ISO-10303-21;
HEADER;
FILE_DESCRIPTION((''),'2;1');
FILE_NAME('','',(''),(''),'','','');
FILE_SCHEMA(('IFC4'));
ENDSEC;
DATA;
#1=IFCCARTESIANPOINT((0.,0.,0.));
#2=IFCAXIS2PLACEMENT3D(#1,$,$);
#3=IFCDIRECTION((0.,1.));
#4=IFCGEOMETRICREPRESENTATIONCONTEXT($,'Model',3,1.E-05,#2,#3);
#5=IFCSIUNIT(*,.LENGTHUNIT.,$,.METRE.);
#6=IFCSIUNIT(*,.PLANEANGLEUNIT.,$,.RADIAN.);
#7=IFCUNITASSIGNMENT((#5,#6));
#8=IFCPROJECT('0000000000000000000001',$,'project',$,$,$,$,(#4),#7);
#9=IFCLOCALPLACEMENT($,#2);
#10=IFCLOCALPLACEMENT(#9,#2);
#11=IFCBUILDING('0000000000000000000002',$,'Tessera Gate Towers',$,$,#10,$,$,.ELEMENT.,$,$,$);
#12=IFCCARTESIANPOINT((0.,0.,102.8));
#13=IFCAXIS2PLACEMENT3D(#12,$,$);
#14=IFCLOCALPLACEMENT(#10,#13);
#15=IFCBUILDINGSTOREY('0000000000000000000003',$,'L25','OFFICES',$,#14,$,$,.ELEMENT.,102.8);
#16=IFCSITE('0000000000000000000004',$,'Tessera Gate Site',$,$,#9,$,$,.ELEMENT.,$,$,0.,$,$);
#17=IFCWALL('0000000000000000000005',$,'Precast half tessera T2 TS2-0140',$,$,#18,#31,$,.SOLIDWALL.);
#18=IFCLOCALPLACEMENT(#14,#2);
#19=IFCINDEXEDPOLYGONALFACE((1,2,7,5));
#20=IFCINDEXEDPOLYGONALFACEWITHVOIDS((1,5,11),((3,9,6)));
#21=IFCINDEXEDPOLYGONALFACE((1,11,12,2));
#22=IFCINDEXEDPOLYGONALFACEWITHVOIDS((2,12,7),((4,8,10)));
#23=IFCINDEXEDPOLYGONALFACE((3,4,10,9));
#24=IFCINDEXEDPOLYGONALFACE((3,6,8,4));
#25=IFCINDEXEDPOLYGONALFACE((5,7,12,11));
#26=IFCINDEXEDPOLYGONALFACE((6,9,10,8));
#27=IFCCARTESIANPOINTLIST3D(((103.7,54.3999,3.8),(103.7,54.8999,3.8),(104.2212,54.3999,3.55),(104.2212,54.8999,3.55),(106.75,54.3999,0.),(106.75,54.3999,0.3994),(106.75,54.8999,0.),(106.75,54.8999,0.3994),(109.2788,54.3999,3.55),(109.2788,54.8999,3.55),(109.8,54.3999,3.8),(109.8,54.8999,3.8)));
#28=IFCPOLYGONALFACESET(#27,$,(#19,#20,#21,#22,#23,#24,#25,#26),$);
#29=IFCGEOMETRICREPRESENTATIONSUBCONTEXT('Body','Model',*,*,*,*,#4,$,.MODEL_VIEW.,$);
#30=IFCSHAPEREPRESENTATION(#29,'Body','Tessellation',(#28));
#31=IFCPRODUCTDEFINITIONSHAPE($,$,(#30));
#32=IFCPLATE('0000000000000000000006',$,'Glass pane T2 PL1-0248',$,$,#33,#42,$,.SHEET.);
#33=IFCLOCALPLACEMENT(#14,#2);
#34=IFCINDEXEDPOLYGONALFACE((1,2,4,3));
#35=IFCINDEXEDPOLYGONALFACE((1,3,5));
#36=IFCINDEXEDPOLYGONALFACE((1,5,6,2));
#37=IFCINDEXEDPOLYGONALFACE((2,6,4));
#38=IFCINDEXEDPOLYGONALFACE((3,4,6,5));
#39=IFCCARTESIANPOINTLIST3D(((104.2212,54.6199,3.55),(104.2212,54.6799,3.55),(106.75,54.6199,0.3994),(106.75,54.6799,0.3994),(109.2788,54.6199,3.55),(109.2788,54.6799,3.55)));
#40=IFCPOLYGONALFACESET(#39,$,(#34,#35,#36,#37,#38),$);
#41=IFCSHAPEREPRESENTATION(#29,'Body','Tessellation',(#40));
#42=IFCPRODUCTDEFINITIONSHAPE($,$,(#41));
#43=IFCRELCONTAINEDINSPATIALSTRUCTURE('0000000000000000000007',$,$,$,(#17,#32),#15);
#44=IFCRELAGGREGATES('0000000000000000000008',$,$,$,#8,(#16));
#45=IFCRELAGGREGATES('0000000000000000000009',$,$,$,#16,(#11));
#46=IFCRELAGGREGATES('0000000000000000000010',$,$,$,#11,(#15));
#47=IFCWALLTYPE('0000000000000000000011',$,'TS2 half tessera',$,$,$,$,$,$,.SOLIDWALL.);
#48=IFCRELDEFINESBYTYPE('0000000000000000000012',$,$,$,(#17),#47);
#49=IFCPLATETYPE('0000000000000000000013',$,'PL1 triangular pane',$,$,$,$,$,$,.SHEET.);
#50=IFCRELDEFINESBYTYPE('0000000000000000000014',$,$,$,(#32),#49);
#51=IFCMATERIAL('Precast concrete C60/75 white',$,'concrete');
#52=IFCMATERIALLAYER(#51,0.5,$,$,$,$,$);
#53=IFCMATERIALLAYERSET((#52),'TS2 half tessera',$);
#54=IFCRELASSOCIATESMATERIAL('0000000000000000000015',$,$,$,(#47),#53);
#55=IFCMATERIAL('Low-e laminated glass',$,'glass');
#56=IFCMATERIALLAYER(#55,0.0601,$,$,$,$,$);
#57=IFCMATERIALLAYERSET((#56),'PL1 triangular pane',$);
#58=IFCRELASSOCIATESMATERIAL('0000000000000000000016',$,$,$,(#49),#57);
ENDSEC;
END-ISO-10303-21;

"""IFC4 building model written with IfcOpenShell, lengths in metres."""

from ifc_helpers import new_model, si_unit, direction, frame, origin, place, context, subcontext, project, spatial, polyline, outline, extrude, source, transform, mapped, material, layer, layer_set, type_object, element, fill, save


model = new_model("IFC4")

# Units and contexts
model_context = context("Model", 3, precision=1e-05, world=origin(), true_north=direction((0.0, 1.0)))
body_context = subcontext(model_context, "Body", "Model", "MODEL_VIEW")
ifc_project = project(units=[si_unit("LENGTHUNIT", "METRE"), si_unit("PLANEANGLEUNIT", "RADIAN")], contexts=[model_context])

# Site, building, storey
site_placement = place(None, origin())
site = spatial("IfcSite", under=ifc_project, at=site_placement, Name="Tessera Gate Site", CompositionType="ELEMENT", RefElevation=0.0)
building_placement = place(site_placement, origin())
building = spatial("IfcBuilding", under=site, at=building_placement, Name="Tessera Gate Towers", CompositionType="ELEMENT")
storey_placement = place(building_placement, frame((0.0, 0.0, 102.8)))
storey = spatial("IfcBuildingStorey", under=building, at=storey_placement, Name="L25", Description="OFFICES", CompositionType="ELEMENT", Elevation=102.8)

# Wall, opening, plate
ifc_material_1 = material(Name="Precast concrete C60/75 white", Category="concrete")
ifc_layer_1 = layer(ifc_material_1, 0.5)
ifc_layer_set_1 = layer_set([ifc_layer_1], Name="TS2 half tessera")
wall_type_1 = type_object("IfcWallType", Name="TS2 half tessera", PredefinedType="SOLIDWALL", material=ifc_layer_set_1)
shared_shape_1 = source(origin(), body_context, "Body", "SweptSolid", [
    extrude(outline(polyline([(3.05, 0.0), (6.1001, 3.8), (0.0, 3.8), (3.05, 0.0)])), frame((0.0, 0.25, 0.0), z_axis=(0.0, -1.0, 0.0), x_axis=(1.0, 0.0, 0.0)), (0.0, 0.0, 1.0), 0.5),
])
shared_shape_2 = source(origin(), body_context, "Body", "SweptSolid", [
    extrude(outline(polyline([(3.05, 0.3994), (5.5789, 3.55), (0.5212, 3.55), (3.05, 0.3994)])), frame((0.0, 0.26, 0.0), z_axis=(0.0, -1.0, 0.0), x_axis=(1.0, 0.0, 0.0)), (0.0, 0.0, 1.0), 0.52),
])
ifc_material_2 = material(Name="Low-e laminated glass", Category="glass")
ifc_layer_2 = layer(ifc_material_2, 0.0601)
ifc_layer_set_2 = layer_set([ifc_layer_2], Name="PL1 triangular pane")
plate_type_1 = type_object("IfcPlateType", Name="PL1 triangular pane", PredefinedType="SHEET", material=ifc_layer_set_2)
shared_shape_3 = source(origin(), body_context, "Body", "SweptSolid", [
    extrude(outline(polyline([(3.05, 0.3994), (5.5789, 3.55), (0.5212, 3.55), (3.05, 0.3994)])), frame((0.0, 0.03, 0.0), z_axis=(0.0, -1.0, 0.0), x_axis=(1.0, 0.0, 0.0)), (0.0, 0.0, 1.0), 0.0601),
])
wall_1_placement = place(storey_placement, frame((109.8, 54.6499, 0.0), z_axis=(0.0, 0.0, 1.0), x_axis=(-1.0, 0.0, 0.0)))
wall_1 = element("IfcWall", 1, at=wall_1_placement, inside=storey, type_object=wall_type_1, Name="Precast half tessera T2 TS2-0140", PredefinedType="SOLIDWALL", context=body_context, shape_type="MappedRepresentation", body=[
    mapped(shared_shape_1, transform((0.0, 0.0, 0.0), scale=1.0)),
])
opening_1_placement = place(wall_1_placement, origin())
opening_1 = element("IfcOpeningElement", 2, at=opening_1_placement, cuts=wall_1, PredefinedType="OPENING", context=body_context, shape_type="MappedRepresentation", body=[
    mapped(shared_shape_2, transform((0.0, 0.0, 0.0), scale=1.0)),
])
plate_1_placement = place(opening_1_placement, origin())
plate_1 = element("IfcPlate", 3, at=plate_1_placement, inside=storey, type_object=plate_type_1, Name="Glass pane T2 PL1-0248", PredefinedType="SHEET", context=body_context, shape_type="MappedRepresentation", body=[
    mapped(shared_shape_3, transform((0.0, 0.0, 0.0), scale=1.0)),
])
fill(opening_1, plate_1)

save(model, "model.ifc")
